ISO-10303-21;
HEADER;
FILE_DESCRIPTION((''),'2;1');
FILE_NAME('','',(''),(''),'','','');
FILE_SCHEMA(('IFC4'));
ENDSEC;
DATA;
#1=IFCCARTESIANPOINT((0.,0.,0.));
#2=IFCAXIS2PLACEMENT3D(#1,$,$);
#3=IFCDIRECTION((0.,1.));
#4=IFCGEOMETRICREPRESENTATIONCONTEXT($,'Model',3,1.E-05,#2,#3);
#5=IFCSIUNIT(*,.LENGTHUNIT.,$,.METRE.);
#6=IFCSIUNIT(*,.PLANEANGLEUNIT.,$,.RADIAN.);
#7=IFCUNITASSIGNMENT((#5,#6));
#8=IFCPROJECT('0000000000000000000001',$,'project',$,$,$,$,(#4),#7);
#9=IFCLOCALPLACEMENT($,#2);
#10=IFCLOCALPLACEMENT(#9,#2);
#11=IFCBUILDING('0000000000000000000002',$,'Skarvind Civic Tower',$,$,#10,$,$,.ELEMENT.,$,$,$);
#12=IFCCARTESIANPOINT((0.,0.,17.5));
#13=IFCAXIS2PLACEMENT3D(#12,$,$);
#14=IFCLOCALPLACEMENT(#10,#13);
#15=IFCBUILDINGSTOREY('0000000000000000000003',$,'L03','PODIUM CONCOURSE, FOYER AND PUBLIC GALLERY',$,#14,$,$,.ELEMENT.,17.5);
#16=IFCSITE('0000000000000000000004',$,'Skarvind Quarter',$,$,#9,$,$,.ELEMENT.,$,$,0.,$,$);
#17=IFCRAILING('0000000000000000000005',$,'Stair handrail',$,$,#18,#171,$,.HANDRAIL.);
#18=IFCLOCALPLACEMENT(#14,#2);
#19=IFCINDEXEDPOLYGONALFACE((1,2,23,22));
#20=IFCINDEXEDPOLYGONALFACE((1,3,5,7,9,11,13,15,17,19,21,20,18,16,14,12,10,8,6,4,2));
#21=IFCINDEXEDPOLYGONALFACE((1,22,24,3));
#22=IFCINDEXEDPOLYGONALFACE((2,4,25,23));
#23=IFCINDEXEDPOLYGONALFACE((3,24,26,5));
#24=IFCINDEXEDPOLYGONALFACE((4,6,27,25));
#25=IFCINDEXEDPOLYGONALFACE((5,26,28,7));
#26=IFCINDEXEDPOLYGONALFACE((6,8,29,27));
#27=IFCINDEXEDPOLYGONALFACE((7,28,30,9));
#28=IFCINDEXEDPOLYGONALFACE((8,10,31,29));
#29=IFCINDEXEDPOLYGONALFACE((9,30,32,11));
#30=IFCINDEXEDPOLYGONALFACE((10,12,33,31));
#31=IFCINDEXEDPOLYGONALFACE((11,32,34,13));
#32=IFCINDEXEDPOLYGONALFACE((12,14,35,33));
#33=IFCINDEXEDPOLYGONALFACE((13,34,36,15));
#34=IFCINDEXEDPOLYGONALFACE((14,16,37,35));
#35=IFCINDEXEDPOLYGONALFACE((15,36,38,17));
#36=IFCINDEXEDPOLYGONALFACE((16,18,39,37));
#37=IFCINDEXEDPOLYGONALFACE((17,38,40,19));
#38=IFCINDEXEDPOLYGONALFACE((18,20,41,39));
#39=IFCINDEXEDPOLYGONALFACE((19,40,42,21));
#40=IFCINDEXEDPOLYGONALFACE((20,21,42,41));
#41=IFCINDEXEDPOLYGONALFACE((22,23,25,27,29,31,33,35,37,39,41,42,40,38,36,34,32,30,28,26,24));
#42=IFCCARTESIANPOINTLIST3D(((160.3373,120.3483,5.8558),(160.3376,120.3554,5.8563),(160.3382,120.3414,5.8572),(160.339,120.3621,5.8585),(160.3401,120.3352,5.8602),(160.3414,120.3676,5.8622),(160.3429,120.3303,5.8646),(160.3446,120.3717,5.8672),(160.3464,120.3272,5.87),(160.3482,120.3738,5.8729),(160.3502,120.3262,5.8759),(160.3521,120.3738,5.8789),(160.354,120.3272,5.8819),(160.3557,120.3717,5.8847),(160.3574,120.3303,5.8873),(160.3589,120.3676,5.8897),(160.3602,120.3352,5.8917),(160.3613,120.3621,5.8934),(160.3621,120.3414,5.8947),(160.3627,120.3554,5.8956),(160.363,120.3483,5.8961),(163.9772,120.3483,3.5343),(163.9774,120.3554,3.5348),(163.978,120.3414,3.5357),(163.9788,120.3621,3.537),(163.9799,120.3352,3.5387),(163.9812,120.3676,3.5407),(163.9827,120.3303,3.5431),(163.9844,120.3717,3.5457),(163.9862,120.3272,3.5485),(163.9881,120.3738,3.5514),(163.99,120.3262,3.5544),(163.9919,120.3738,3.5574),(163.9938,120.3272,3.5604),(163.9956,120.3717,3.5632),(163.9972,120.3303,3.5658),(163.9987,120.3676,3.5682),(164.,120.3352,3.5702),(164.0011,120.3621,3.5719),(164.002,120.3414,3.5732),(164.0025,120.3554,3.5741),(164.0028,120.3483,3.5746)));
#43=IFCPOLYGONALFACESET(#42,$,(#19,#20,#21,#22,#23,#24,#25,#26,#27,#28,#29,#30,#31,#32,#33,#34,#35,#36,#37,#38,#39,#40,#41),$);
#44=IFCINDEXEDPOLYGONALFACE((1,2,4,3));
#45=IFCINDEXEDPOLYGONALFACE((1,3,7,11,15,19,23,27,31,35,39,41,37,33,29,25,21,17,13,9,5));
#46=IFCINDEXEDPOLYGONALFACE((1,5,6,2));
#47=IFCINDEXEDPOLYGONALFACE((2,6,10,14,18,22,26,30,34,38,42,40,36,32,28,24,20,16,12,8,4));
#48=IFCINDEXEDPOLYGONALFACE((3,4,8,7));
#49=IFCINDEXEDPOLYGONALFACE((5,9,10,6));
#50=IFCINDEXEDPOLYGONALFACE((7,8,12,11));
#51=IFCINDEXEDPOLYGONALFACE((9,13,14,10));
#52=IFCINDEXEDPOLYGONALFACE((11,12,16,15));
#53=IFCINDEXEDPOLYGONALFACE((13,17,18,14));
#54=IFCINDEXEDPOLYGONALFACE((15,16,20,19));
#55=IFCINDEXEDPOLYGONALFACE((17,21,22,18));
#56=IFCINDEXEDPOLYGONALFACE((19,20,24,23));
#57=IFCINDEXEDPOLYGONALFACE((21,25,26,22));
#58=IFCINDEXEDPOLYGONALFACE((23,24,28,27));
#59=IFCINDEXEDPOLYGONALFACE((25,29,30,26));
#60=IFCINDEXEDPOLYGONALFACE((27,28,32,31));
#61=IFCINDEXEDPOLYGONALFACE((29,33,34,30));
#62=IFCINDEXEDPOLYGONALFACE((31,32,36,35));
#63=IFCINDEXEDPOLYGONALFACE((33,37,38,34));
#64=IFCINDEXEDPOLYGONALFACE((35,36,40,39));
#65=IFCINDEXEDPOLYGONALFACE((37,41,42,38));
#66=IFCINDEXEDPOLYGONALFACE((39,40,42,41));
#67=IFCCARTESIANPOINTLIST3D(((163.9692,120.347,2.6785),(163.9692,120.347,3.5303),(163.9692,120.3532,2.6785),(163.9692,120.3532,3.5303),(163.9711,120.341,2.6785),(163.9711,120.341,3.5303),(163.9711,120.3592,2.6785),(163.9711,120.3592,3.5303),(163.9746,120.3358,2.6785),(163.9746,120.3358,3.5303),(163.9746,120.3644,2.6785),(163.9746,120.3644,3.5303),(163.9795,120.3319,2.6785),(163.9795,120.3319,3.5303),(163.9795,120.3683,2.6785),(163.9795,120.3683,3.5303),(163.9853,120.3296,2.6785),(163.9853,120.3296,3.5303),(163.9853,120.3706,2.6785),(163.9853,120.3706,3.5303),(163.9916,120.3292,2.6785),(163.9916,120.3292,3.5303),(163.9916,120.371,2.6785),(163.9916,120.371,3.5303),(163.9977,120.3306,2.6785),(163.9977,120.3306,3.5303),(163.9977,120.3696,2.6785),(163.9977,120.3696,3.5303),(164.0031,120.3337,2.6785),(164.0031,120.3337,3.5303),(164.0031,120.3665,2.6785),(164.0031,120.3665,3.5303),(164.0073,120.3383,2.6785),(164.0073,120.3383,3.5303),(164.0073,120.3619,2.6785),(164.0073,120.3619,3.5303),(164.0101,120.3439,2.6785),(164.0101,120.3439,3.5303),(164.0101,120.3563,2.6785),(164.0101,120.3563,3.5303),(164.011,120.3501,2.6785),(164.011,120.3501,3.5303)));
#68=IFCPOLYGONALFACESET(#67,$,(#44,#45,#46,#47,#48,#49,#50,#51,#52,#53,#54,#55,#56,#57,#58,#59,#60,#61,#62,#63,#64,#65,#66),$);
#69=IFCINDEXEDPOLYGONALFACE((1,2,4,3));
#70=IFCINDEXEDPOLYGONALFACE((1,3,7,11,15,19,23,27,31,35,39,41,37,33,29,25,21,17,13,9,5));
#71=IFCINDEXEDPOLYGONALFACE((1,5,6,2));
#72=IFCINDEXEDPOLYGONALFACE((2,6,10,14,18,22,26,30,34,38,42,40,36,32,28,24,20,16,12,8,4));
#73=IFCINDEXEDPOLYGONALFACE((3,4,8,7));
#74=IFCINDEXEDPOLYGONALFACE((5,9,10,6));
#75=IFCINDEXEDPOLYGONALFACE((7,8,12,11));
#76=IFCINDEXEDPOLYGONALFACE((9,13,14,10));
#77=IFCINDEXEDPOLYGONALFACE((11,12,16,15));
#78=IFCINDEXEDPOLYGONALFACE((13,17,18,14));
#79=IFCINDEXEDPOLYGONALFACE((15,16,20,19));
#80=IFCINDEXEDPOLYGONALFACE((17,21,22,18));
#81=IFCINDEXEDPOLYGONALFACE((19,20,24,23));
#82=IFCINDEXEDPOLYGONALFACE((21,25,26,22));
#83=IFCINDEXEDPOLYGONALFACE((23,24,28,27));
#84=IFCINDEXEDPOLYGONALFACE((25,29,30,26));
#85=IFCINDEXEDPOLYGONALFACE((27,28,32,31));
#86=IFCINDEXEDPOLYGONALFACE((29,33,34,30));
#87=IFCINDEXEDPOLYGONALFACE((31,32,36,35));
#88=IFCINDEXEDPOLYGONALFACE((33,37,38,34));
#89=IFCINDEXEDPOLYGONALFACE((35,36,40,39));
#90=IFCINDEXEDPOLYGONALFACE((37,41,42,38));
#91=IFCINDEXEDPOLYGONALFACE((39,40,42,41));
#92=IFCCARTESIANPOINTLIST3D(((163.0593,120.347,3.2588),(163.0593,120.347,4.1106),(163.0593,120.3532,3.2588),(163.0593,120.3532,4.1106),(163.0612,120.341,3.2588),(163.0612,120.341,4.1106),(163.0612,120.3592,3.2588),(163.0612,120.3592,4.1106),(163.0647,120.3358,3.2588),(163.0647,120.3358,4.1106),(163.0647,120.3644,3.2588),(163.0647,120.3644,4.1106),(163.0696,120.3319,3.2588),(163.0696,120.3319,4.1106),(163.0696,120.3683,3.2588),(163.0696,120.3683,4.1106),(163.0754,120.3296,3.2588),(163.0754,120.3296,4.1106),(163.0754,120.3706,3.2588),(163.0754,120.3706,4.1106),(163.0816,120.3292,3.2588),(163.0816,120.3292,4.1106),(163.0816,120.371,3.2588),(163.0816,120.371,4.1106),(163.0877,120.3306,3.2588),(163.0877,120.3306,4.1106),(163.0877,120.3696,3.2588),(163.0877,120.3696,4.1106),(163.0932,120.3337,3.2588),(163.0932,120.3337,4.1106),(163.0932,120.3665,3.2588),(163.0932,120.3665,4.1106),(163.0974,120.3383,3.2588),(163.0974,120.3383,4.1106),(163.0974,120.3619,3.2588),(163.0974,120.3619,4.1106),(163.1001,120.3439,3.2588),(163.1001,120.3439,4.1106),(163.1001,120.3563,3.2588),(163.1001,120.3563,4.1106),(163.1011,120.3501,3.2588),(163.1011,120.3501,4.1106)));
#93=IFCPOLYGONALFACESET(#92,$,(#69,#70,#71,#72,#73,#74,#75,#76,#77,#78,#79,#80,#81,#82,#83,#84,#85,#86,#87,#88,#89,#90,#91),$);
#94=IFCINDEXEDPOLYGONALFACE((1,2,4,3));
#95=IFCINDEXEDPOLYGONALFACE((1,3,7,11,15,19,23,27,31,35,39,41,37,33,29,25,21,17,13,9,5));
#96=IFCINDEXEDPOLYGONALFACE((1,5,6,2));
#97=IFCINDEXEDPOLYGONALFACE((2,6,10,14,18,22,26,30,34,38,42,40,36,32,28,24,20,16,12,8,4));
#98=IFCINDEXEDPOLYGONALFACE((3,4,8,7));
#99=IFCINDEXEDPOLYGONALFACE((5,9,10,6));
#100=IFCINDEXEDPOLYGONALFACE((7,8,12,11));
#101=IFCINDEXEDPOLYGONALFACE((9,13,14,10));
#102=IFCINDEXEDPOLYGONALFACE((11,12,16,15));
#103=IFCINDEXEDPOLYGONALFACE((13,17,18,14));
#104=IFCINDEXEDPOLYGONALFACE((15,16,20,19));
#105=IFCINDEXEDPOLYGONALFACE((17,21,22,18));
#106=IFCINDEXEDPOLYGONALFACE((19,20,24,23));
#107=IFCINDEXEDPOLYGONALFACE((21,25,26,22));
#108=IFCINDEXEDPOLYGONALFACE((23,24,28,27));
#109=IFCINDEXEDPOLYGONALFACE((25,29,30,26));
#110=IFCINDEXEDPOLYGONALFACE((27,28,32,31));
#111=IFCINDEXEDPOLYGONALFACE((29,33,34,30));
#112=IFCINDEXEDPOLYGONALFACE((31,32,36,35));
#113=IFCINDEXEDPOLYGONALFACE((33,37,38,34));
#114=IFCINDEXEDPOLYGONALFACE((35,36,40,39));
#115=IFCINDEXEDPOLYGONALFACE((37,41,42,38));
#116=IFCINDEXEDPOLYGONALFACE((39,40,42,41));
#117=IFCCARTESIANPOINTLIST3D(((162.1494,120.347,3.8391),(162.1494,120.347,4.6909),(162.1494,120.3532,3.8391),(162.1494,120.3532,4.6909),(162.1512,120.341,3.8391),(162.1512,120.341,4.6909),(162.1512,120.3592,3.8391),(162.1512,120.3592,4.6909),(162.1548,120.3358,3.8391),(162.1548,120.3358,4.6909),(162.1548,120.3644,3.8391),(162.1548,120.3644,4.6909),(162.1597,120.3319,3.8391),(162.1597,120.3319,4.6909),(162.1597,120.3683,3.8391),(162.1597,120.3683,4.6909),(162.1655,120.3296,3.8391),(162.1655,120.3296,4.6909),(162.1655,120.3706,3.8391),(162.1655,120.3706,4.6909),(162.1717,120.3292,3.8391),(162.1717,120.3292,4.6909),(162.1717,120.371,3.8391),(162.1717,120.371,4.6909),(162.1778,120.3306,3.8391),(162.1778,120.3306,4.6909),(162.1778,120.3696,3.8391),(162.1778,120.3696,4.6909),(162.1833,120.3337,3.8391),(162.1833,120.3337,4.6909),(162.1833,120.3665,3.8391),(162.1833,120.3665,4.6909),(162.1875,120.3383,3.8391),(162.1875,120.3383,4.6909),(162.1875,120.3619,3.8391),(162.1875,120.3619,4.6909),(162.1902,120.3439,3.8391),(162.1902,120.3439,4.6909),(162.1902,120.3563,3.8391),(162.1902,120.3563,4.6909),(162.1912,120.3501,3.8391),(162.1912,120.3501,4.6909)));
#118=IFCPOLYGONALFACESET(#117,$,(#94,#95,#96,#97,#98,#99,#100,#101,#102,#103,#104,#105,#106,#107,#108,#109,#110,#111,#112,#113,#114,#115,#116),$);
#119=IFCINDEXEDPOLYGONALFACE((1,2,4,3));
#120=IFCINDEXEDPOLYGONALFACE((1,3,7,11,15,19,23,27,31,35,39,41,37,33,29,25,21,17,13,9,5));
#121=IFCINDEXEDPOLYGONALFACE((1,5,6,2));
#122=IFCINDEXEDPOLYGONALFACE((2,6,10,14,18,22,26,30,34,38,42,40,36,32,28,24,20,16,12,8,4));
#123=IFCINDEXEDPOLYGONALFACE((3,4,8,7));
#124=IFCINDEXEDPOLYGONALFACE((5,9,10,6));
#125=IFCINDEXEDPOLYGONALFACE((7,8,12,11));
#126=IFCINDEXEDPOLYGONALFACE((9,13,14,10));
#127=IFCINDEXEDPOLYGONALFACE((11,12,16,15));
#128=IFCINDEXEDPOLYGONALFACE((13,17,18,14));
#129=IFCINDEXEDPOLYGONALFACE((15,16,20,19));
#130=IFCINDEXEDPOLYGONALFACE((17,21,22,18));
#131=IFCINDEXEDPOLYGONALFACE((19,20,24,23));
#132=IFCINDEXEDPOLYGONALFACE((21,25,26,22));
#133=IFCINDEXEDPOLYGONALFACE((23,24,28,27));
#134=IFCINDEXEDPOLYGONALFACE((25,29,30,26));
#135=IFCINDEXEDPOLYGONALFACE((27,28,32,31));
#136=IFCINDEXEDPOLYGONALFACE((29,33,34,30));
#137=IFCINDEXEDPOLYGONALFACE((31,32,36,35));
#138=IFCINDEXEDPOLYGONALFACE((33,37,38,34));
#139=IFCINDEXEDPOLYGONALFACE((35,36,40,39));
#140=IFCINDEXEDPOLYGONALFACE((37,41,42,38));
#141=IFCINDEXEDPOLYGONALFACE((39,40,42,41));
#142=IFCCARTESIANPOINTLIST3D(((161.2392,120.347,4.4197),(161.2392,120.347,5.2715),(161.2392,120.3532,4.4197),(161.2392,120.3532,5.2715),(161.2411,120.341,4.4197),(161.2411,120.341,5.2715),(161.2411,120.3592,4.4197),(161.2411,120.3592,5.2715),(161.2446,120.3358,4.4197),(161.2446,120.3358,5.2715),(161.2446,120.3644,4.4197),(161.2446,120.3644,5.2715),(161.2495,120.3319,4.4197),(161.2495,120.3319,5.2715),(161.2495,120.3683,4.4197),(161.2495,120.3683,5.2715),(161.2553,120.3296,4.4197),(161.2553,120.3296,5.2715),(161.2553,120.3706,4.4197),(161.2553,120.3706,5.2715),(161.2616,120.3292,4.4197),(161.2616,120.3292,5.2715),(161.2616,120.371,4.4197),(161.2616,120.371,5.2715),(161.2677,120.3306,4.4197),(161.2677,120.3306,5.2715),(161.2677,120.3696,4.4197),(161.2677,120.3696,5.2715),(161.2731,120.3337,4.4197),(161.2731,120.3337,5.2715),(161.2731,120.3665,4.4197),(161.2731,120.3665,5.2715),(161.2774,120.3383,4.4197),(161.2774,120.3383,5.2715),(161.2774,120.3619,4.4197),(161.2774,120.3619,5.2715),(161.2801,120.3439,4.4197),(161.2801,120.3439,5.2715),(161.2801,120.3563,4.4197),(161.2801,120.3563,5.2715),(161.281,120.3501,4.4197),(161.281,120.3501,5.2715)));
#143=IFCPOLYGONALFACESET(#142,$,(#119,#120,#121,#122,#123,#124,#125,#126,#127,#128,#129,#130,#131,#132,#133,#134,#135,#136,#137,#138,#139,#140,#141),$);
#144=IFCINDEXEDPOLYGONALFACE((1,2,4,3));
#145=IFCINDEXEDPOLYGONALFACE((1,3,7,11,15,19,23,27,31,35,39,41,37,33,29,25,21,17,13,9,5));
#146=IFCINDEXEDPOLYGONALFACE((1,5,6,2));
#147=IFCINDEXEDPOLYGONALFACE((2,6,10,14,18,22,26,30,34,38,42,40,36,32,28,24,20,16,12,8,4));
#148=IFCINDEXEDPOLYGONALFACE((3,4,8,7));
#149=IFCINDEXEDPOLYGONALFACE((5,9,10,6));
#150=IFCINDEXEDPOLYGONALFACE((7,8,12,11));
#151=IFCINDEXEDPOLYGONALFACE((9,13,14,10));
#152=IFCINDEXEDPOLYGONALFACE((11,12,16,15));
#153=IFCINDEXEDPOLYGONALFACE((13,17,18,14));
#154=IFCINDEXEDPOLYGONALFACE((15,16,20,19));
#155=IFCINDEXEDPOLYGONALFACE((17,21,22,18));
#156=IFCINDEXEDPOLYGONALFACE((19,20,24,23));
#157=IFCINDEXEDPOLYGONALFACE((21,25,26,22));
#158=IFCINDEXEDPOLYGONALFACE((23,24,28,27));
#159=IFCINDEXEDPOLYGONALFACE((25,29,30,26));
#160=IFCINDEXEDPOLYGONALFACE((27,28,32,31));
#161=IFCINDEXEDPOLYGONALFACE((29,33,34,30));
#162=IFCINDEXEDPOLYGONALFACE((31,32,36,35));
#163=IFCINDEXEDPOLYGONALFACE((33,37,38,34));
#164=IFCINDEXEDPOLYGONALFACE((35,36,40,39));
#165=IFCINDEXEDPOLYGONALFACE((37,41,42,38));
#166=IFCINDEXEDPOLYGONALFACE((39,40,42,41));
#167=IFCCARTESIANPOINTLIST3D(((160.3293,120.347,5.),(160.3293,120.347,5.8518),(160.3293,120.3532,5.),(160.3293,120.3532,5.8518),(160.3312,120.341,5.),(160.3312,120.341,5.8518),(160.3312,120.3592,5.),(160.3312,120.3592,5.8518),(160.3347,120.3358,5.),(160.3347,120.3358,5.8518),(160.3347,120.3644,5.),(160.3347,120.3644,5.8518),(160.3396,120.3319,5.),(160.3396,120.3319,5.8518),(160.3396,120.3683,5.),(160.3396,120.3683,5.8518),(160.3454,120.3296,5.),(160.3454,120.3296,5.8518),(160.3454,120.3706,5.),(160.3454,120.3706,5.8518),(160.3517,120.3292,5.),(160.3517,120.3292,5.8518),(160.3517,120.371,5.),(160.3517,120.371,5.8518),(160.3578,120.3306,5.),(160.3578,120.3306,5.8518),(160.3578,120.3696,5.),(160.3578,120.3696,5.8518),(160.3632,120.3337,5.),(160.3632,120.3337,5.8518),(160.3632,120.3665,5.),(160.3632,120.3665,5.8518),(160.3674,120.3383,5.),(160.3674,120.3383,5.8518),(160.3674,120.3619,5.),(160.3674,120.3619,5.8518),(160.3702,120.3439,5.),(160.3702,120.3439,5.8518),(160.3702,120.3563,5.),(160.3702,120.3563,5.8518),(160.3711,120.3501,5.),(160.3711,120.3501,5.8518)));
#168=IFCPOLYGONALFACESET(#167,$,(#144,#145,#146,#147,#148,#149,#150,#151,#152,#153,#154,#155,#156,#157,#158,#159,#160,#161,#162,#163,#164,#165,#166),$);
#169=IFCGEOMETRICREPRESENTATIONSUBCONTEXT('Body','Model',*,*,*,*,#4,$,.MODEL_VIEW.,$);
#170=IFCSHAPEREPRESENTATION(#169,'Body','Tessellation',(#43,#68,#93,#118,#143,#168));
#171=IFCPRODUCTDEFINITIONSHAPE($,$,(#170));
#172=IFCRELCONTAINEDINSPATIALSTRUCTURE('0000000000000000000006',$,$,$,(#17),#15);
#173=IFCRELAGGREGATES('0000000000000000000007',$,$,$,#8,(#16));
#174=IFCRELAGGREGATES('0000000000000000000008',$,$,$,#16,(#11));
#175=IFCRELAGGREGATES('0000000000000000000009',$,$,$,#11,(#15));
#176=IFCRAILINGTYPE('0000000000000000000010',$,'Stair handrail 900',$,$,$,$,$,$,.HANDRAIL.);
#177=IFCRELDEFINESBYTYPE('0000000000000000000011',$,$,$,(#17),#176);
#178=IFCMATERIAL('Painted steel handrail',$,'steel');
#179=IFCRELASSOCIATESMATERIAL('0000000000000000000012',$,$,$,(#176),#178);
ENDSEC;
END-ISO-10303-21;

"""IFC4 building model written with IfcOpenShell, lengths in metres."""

from ifc_helpers import new_model, si_unit, direction, frame, origin, origin_2d, place, context, subcontext, project, spatial, circle, extrude, material, type_object, element, save


model = new_model("IFC4")

# Units and contexts
model_context = context("Model", 3, precision=1e-05, world=origin(), true_north=direction((0.0, 1.0)))
body_context = subcontext(model_context, "Body", "Model", "MODEL_VIEW")
ifc_project = project(units=[si_unit("LENGTHUNIT", "METRE"), si_unit("PLANEANGLEUNIT", "RADIAN")], contexts=[model_context])

# Site, building, storey
site_placement = place(None, origin())
site = spatial("IfcSite", under=ifc_project, at=site_placement, Name="Skarvind Quarter", CompositionType="ELEMENT", RefElevation=0.0)
building_placement = place(site_placement, origin())
building = spatial("IfcBuilding", under=site, at=building_placement, Name="Skarvind Civic Tower", CompositionType="ELEMENT")
storey_placement = place(building_placement, frame((0.0, 0.0, 17.5)))
storey = spatial("IfcBuildingStorey", under=building, at=storey_placement, Name="L03", Description="PODIUM CONCOURSE, FOYER AND PUBLIC GALLERY", CompositionType="ELEMENT", Elevation=17.5)

# Railing
ifc_material_1 = material(Name="Painted steel handrail", Category="steel")
railing_type = type_object("IfcRailingType", Name="Stair handrail 900", PredefinedType="HANDRAIL", material=ifc_material_1)
railing_1_placement = place(storey_placement, frame((163.99, 120.3501, 2.6785)))
element("IfcRailing", 1, at=railing_1_placement, inside=storey, type_object=railing_type, Name="Stair handrail", PredefinedType="HANDRAIL", context=body_context, shape_type="SweptSolid", body=[
    extrude(circle(Radius=0.0239, at=origin_2d()), frame((0.0, 0.0, 0.876), z_axis=(-0.843112, 0.0, 0.537739), x_axis=(0.0, -1.0, 0.0)), (0.0, 0.0, 1.0), 4.3171),
    extrude(circle(Radius=0.021, at=origin_2d()), origin(), (0.0, 0.0, 1.0), 0.8518),
    extrude(circle(Radius=0.021, at=origin_2d()), frame((-0.9099, 0.0, 0.5803)), (0.0, 0.0, 1.0), 0.8518),
    extrude(circle(Radius=0.021, at=origin_2d()), frame((-1.8198, 0.0, 1.1606)), (0.0, 0.0, 1.0), 0.8518),
    extrude(circle(Radius=0.021, at=origin_2d()), frame((-2.73, 0.0, 1.7412)), (0.0, 0.0, 1.0), 0.8518),
    extrude(circle(Radius=0.021, at=origin_2d()), frame((-3.6399, 0.0, 2.3215)), (0.0, 0.0, 1.0), 0.8518),
])

save(model, "model.ifc")
